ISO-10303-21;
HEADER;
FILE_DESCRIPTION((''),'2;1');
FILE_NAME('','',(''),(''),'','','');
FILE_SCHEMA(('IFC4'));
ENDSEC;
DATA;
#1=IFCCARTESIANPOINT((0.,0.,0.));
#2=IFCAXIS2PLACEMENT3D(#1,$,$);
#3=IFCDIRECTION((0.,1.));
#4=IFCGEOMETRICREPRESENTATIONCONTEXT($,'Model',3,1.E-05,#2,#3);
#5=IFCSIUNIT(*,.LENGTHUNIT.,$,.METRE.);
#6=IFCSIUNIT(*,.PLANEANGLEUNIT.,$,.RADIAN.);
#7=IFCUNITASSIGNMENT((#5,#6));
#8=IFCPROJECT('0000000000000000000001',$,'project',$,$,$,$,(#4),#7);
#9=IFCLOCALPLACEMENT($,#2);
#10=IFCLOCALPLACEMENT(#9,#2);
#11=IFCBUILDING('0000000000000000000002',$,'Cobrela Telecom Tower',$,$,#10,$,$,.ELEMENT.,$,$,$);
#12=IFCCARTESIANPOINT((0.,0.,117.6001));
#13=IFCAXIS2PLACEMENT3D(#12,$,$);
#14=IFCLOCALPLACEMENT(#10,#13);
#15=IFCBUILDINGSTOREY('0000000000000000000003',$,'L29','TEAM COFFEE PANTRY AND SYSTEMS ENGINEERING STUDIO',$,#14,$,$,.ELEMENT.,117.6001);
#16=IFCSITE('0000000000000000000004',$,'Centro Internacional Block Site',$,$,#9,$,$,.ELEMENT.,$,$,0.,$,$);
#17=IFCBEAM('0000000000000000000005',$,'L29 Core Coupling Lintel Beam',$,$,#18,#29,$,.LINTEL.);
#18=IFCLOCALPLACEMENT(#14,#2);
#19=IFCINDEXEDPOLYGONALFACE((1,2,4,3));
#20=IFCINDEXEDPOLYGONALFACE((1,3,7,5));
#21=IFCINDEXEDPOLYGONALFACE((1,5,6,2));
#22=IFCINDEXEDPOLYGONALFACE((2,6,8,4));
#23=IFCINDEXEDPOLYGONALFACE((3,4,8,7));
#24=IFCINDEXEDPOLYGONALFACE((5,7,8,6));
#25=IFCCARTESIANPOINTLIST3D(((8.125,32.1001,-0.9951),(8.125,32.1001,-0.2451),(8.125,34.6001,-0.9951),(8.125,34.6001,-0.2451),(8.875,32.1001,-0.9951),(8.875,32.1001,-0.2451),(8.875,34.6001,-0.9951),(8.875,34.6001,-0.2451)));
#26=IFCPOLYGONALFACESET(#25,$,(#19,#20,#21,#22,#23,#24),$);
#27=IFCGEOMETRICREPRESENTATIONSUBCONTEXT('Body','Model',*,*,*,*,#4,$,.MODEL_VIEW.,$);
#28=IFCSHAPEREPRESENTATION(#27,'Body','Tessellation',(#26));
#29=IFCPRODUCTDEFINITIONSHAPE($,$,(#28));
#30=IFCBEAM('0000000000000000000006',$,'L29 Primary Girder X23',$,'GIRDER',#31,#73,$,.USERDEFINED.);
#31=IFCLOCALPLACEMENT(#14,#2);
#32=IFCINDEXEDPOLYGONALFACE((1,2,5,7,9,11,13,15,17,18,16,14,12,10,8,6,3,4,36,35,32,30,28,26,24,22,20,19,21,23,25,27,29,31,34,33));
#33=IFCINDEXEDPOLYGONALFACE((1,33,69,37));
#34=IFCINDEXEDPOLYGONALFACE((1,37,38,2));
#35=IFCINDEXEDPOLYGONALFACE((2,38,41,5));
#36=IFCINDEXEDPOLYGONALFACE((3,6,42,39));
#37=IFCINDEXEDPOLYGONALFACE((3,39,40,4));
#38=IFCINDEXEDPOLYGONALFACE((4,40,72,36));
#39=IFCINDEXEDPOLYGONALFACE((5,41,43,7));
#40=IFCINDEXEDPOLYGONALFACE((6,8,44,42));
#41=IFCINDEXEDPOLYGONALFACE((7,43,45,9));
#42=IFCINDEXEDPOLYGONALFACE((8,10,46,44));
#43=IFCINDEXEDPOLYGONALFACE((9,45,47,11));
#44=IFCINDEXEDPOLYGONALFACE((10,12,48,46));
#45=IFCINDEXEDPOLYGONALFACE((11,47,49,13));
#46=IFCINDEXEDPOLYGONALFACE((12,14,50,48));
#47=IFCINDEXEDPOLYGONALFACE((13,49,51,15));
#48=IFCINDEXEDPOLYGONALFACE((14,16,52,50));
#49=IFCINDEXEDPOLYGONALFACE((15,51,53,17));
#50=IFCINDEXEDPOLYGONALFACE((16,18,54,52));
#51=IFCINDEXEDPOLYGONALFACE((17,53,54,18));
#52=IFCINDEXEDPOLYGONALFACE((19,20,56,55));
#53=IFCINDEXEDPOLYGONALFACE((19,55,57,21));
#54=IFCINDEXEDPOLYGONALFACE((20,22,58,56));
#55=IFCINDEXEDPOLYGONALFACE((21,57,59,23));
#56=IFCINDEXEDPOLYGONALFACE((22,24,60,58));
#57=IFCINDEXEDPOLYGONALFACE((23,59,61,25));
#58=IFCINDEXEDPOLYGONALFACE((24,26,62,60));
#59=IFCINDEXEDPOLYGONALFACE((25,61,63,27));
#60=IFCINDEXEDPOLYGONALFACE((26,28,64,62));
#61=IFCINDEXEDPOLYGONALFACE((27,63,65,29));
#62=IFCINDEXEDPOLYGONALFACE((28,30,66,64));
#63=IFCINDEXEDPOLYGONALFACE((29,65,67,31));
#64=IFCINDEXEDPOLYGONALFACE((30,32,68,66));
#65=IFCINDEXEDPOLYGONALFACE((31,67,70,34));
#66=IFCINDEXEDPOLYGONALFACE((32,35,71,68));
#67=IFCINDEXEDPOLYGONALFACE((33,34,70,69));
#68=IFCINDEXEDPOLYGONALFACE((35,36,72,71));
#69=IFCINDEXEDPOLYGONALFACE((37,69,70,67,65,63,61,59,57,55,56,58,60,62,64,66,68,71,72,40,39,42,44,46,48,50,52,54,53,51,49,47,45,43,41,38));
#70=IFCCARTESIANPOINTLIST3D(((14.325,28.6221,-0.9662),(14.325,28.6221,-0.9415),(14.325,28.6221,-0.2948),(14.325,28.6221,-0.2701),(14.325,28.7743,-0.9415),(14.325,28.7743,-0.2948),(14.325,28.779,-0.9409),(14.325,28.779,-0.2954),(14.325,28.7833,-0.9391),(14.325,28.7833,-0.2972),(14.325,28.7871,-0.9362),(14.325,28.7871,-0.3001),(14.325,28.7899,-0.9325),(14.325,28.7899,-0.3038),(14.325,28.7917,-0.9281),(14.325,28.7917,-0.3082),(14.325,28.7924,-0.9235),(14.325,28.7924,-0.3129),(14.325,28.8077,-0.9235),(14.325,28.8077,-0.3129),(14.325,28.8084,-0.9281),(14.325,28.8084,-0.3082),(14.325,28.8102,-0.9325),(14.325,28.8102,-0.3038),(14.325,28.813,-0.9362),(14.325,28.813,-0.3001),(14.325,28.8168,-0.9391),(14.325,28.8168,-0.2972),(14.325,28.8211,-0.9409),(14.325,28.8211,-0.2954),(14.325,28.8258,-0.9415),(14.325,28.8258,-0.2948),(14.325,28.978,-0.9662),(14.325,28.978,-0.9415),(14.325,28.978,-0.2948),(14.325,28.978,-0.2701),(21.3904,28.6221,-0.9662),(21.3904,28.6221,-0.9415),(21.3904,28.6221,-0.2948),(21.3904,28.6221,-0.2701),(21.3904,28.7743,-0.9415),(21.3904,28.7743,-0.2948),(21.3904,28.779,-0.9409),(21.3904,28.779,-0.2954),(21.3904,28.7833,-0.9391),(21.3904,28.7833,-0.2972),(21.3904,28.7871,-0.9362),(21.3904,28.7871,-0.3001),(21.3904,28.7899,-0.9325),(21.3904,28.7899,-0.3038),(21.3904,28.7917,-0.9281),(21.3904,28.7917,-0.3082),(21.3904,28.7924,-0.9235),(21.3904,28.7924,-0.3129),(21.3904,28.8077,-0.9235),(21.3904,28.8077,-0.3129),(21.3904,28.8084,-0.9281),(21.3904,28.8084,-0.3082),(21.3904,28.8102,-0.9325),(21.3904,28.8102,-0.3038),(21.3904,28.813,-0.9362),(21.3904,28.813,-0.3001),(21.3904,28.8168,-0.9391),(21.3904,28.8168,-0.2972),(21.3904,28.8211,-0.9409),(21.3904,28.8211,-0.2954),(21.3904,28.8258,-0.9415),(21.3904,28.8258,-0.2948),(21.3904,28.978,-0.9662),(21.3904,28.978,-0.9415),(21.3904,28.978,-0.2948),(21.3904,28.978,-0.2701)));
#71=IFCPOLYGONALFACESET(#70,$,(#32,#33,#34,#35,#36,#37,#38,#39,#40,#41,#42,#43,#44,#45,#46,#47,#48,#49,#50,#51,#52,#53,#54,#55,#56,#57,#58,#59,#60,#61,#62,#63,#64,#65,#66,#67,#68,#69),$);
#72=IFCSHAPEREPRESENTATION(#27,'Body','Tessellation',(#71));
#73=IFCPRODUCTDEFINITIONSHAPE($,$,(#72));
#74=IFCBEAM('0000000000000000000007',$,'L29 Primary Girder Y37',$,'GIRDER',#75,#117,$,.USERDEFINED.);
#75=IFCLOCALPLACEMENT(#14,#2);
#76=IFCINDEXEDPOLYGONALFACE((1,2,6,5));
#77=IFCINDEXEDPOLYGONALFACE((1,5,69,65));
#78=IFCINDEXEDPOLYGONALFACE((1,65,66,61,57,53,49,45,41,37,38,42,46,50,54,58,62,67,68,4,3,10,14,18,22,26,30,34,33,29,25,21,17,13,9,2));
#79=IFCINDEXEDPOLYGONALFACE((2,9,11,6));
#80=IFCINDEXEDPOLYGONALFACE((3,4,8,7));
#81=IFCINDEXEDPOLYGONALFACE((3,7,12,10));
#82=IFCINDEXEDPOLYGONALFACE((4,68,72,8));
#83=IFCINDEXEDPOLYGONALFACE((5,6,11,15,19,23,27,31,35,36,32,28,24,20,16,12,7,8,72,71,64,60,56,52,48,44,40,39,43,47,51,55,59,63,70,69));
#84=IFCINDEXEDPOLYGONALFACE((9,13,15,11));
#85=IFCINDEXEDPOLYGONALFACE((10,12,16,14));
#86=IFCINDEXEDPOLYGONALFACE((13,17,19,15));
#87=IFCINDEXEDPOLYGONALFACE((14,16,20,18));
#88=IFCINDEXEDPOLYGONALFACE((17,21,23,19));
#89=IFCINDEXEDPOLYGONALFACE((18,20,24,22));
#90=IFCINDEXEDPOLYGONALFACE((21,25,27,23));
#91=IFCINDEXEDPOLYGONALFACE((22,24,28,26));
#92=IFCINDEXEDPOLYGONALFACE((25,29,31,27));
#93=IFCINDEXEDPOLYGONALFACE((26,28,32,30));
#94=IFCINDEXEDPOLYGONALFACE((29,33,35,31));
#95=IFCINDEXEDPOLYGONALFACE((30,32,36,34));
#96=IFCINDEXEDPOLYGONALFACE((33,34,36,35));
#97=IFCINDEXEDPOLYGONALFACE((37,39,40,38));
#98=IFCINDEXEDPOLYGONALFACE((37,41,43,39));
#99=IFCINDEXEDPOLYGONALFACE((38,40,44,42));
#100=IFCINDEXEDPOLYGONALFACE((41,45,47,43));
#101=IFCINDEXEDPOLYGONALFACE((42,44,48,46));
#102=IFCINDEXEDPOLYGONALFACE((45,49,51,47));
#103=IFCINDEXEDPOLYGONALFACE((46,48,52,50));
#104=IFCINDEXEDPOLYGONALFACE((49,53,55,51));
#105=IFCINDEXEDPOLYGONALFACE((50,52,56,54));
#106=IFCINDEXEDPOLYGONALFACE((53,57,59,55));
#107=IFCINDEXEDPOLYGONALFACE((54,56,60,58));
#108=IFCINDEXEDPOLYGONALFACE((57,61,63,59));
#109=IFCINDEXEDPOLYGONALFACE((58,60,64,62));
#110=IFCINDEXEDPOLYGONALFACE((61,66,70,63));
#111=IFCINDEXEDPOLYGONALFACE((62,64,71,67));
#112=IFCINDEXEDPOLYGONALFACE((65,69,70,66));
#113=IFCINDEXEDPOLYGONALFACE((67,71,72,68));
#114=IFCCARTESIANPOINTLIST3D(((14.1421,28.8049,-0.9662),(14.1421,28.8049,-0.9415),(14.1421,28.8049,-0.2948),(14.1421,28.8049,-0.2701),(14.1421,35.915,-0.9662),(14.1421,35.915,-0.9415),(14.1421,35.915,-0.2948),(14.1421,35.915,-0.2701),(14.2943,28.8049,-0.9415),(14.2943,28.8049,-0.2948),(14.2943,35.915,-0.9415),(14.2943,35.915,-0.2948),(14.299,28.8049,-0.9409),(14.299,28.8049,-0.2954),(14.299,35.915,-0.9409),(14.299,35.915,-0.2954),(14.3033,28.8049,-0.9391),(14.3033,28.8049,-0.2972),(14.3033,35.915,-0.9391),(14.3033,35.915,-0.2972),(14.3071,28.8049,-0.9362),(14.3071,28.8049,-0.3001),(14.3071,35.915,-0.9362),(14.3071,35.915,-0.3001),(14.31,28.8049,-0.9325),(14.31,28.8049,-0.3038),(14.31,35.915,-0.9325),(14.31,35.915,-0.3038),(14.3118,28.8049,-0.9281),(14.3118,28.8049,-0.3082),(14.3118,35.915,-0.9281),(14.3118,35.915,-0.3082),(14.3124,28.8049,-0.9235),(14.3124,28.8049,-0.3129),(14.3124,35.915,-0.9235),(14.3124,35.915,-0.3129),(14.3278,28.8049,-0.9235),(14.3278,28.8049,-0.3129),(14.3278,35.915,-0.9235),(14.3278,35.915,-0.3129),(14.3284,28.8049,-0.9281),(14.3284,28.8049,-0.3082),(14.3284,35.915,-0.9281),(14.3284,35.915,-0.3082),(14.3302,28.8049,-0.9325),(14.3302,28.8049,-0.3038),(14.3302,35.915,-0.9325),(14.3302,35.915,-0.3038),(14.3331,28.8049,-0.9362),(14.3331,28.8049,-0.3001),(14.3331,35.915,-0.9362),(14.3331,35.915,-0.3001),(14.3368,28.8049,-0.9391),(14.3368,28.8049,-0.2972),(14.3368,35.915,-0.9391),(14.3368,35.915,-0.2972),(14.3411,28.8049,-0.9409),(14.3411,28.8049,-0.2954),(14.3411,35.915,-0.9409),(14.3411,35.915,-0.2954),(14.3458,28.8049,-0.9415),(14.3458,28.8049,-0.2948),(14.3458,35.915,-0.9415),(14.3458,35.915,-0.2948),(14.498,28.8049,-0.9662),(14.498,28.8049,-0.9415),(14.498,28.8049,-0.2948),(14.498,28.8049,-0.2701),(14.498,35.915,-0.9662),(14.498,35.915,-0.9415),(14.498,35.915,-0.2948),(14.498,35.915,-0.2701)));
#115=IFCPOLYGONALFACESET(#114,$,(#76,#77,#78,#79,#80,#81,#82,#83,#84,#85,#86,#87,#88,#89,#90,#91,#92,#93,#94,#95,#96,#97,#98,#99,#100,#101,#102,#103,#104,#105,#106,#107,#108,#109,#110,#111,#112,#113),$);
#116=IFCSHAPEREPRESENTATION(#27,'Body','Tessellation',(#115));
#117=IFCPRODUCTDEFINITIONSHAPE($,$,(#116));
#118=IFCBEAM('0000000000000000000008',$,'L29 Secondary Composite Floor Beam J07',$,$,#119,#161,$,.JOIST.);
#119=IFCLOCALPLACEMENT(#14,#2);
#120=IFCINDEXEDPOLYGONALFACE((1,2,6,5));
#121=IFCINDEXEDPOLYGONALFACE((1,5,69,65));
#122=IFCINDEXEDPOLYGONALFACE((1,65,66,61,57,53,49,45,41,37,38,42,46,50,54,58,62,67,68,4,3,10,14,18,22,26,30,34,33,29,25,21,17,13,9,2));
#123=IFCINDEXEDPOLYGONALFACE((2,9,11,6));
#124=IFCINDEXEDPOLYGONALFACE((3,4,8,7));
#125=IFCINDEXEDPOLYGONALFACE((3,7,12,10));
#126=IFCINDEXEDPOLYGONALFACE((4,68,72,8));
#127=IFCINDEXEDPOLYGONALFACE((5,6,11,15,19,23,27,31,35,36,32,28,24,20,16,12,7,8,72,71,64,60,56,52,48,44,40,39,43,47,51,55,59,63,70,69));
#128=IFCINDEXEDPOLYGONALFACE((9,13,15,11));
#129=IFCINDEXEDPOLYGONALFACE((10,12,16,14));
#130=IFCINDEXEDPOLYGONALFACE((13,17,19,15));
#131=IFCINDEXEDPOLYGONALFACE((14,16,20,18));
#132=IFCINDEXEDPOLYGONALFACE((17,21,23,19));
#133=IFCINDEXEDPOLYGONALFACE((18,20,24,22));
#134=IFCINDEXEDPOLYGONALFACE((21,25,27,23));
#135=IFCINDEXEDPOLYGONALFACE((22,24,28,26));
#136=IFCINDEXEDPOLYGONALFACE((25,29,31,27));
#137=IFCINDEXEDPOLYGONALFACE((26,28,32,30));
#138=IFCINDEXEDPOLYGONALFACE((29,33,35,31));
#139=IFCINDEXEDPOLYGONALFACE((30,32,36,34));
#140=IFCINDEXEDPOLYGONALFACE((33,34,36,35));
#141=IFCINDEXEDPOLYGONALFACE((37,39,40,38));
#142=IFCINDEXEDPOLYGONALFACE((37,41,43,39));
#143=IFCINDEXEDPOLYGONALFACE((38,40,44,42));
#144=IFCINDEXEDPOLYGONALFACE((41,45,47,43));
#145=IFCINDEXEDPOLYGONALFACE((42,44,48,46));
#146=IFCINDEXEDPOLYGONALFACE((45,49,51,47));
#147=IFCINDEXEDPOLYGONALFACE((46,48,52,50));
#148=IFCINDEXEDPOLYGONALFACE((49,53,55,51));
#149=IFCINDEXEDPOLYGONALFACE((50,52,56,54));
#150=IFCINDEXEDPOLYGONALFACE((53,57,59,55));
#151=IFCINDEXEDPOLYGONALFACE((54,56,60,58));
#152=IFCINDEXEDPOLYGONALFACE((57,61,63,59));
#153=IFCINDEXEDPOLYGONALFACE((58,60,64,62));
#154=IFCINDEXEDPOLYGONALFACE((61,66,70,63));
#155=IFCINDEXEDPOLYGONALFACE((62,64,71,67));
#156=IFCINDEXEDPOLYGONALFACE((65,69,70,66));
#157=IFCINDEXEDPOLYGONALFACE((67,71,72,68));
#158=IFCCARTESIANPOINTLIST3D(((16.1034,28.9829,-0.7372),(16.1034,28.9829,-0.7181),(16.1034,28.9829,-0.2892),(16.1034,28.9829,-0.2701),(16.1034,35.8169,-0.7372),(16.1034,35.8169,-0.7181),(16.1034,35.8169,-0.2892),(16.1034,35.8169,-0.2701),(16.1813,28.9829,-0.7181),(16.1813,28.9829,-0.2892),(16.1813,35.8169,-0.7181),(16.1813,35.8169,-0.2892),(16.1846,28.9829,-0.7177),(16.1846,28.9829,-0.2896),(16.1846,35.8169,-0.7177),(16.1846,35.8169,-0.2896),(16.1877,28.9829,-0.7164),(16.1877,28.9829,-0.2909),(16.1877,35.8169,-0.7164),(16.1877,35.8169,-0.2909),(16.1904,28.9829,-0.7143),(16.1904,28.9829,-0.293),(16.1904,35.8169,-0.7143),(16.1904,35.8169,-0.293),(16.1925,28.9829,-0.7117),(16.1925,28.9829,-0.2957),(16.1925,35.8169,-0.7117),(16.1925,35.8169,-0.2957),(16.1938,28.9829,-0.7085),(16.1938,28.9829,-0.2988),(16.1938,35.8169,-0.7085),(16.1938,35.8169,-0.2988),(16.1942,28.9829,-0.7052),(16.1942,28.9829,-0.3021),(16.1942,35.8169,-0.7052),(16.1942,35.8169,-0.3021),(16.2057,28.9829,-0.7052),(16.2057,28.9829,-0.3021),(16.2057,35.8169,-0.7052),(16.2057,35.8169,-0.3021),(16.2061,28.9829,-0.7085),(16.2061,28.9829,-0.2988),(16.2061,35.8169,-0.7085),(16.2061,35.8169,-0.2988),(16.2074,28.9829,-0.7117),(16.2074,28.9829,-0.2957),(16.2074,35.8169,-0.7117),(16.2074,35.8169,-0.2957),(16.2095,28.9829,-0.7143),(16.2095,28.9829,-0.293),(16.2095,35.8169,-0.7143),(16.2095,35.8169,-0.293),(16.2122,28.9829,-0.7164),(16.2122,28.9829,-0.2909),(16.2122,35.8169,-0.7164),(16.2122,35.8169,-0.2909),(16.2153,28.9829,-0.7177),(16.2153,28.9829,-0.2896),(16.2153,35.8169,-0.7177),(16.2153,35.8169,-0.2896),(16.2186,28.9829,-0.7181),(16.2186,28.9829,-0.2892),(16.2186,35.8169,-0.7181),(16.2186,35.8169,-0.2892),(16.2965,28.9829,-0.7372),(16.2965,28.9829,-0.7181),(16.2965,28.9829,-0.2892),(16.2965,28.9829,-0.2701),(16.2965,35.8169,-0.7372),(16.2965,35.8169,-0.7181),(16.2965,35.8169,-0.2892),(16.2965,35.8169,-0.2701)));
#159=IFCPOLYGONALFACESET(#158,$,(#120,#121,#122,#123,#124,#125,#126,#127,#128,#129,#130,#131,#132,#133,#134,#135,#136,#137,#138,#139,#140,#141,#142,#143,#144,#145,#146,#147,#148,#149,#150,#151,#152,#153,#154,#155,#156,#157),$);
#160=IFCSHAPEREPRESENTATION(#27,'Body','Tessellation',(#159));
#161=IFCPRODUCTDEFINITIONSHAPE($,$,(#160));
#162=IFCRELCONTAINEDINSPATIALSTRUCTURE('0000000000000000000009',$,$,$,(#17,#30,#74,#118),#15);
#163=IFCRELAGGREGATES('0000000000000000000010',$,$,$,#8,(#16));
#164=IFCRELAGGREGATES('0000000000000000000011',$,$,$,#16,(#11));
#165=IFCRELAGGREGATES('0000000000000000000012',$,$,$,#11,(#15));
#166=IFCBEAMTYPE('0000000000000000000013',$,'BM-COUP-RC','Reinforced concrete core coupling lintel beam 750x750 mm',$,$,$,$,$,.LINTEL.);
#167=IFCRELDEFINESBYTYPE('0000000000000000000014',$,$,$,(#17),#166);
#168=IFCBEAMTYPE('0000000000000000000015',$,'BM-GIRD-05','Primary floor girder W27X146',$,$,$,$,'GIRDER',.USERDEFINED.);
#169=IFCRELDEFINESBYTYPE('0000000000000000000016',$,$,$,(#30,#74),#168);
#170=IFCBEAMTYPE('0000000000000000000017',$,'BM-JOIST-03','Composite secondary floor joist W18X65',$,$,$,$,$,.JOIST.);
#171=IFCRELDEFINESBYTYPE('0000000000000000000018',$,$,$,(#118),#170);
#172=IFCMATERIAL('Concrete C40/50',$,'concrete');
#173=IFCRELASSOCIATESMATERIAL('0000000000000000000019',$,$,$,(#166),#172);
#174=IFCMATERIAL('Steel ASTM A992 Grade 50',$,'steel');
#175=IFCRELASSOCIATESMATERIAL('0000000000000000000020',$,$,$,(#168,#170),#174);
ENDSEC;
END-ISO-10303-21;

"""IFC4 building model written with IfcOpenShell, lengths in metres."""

from ifc_helpers import new_model, si_unit, direction, frame, origin, origin_2d, place, context, subcontext, project, spatial, rectangle, i_section, extrude, material, material_profile, profile_set, type_object, element, save


model = new_model("IFC4")

# Units and contexts
model_context = context("Model", 3, precision=1e-05, world=origin(), true_north=direction((0.0, 1.0)))
body_context = subcontext(model_context, "Body", "Model", "MODEL_VIEW")
ifc_project = project(units=[si_unit("LENGTHUNIT", "METRE"), si_unit("PLANEANGLEUNIT", "RADIAN")], contexts=[model_context])

# Site, building, storey
site_placement = place(None, origin())
site = spatial("IfcSite", under=ifc_project, at=site_placement, Name="Centro Internacional Block Site", CompositionType="ELEMENT", RefElevation=0.0)
building_placement = place(site_placement, origin())
building = spatial("IfcBuilding", under=site, at=building_placement, Name="Cobrela Telecom Tower", CompositionType="ELEMENT")
storey_placement = place(building_placement, frame((0.0, 0.0, 117.6001)))
storey = spatial("IfcBuildingStorey", under=building, at=storey_placement, Name="L29", Description="TEAM COFFEE PANTRY AND SYSTEMS ENGINEERING STUDIO", CompositionType="ELEMENT", Elevation=117.6001)

# Beams
ifc_material_1 = material(Name="Concrete C40/50", Category="concrete")
ifc_material_profile_1 = material_profile(ifc_material_1, rectangle(XDim=0.75, YDim=0.75, at=origin_2d()), Name="RC 750x750")
ifc_profile_set_1 = profile_set([ifc_material_profile_1], Name="Concrete C40/50")
beam_type_1 = type_object("IfcBeamType", Name="BM-COUP-RC", Description="Reinforced concrete core coupling lintel beam 750x750 mm", PredefinedType="LINTEL", material=ifc_profile_set_1)
beam_1_placement = place(storey_placement, frame((8.5, 32.1001, -0.6201), z_axis=(0.0, 1.0, 0.0), x_axis=(-1.0, 0.0, 0.0)))
element("IfcBeam", 1, at=beam_1_placement, inside=storey, type_object=beam_type_1, Name="L29 Core Coupling Lintel Beam", PredefinedType="LINTEL", context=body_context, shape_type="SweptSolid", body=[
    extrude(rectangle(XDim=0.75, YDim=0.75, at=origin_2d()), origin(), (0.0, 0.0, 1.0), 2.5),
])
ifc_material_2 = material(Name="Steel ASTM A992 Grade 50", Category="steel")
ifc_material_profile_2 = material_profile(ifc_material_2, i_section(OverallWidth=0.356, OverallDepth=0.696, WebThickness=0.0154, FlangeThickness=0.0247, FilletRadius=0.0181, at=origin_2d()), Name="W27X146")
ifc_profile_set_2 = profile_set([ifc_material_profile_2], Name="Steel ASTM A992 Grade 50")
beam_type_2 = type_object("IfcBeamType", Name="BM-GIRD-05", Description="Primary floor girder W27X146", ElementType="GIRDER", PredefinedType="USERDEFINED", material=ifc_profile_set_2)
beam_2_placement = place(storey_placement, frame((14.325, 28.8, -0.6182), z_axis=(1.0, 0.0, 0.0), x_axis=(0.0, 1.0, 0.0)))
element("IfcBeam", 2, at=beam_2_placement, inside=storey, type_object=beam_type_2, Name="L29 Primary Girder X23", ObjectType="GIRDER", PredefinedType="USERDEFINED", context=body_context, shape_type="SweptSolid", body=[
    extrude(i_section(OverallWidth=0.356, OverallDepth=0.696, WebThickness=0.0154, FlangeThickness=0.0247, FilletRadius=0.0181, at=origin_2d()), origin(), (0.0, 0.0, 1.0), 7.0654),
])
beam_3_placement = place(storey_placement, frame((14.3201, 28.8049, -0.6182), z_axis=(0.0, 1.0, 0.0), x_axis=(-1.0, 0.0, 0.0)))
element("IfcBeam", 3, at=beam_3_placement, inside=storey, type_object=beam_type_2, Name="L29 Primary Girder Y37", ObjectType="GIRDER", PredefinedType="USERDEFINED", context=body_context, shape_type="SweptSolid", body=[
    extrude(i_section(OverallWidth=0.356, OverallDepth=0.696, WebThickness=0.0154, FlangeThickness=0.0247, FilletRadius=0.0181, at=origin_2d()), origin(), (0.0, 0.0, 1.0), 7.1101),
])
ifc_material_profile_3 = material_profile(ifc_material_2, i_section(OverallWidth=0.1931, OverallDepth=0.467, WebThickness=0.0115, FlangeThickness=0.019, FilletRadius=0.0129, at=origin_2d()), Name="W18X65")
ifc_profile_set_3 = profile_set([ifc_material_profile_3], Name="Steel ASTM A992 Grade 50")
beam_type_3 = type_object("IfcBeamType", Name="BM-JOIST-03", Description="Composite secondary floor joist W18X65", PredefinedType="JOIST", material=ifc_profile_set_3)
for number, where, z_axis, x_axis, name in (
    (4, (16.2, 28.9829, -0.5037), (0.0, 1.0, 0.0), (-1.0, 0.0, 0.0), "L29 Secondary Composite Floor Beam J07"),
):
    element("IfcBeam", number, at=place(storey_placement, frame(where, z_axis=z_axis, x_axis=x_axis)), inside=storey, type_object=beam_type_3, Name=name, PredefinedType="JOIST", context=body_context, shape_type="SweptSolid", body=[
        extrude(i_section(OverallWidth=0.1931, OverallDepth=0.467, WebThickness=0.0115, FlangeThickness=0.019, FilletRadius=0.0129, at=origin_2d()), origin(), (0.0, 0.0, 1.0), 6.834),
    ])

save(model, "model.ifc")
